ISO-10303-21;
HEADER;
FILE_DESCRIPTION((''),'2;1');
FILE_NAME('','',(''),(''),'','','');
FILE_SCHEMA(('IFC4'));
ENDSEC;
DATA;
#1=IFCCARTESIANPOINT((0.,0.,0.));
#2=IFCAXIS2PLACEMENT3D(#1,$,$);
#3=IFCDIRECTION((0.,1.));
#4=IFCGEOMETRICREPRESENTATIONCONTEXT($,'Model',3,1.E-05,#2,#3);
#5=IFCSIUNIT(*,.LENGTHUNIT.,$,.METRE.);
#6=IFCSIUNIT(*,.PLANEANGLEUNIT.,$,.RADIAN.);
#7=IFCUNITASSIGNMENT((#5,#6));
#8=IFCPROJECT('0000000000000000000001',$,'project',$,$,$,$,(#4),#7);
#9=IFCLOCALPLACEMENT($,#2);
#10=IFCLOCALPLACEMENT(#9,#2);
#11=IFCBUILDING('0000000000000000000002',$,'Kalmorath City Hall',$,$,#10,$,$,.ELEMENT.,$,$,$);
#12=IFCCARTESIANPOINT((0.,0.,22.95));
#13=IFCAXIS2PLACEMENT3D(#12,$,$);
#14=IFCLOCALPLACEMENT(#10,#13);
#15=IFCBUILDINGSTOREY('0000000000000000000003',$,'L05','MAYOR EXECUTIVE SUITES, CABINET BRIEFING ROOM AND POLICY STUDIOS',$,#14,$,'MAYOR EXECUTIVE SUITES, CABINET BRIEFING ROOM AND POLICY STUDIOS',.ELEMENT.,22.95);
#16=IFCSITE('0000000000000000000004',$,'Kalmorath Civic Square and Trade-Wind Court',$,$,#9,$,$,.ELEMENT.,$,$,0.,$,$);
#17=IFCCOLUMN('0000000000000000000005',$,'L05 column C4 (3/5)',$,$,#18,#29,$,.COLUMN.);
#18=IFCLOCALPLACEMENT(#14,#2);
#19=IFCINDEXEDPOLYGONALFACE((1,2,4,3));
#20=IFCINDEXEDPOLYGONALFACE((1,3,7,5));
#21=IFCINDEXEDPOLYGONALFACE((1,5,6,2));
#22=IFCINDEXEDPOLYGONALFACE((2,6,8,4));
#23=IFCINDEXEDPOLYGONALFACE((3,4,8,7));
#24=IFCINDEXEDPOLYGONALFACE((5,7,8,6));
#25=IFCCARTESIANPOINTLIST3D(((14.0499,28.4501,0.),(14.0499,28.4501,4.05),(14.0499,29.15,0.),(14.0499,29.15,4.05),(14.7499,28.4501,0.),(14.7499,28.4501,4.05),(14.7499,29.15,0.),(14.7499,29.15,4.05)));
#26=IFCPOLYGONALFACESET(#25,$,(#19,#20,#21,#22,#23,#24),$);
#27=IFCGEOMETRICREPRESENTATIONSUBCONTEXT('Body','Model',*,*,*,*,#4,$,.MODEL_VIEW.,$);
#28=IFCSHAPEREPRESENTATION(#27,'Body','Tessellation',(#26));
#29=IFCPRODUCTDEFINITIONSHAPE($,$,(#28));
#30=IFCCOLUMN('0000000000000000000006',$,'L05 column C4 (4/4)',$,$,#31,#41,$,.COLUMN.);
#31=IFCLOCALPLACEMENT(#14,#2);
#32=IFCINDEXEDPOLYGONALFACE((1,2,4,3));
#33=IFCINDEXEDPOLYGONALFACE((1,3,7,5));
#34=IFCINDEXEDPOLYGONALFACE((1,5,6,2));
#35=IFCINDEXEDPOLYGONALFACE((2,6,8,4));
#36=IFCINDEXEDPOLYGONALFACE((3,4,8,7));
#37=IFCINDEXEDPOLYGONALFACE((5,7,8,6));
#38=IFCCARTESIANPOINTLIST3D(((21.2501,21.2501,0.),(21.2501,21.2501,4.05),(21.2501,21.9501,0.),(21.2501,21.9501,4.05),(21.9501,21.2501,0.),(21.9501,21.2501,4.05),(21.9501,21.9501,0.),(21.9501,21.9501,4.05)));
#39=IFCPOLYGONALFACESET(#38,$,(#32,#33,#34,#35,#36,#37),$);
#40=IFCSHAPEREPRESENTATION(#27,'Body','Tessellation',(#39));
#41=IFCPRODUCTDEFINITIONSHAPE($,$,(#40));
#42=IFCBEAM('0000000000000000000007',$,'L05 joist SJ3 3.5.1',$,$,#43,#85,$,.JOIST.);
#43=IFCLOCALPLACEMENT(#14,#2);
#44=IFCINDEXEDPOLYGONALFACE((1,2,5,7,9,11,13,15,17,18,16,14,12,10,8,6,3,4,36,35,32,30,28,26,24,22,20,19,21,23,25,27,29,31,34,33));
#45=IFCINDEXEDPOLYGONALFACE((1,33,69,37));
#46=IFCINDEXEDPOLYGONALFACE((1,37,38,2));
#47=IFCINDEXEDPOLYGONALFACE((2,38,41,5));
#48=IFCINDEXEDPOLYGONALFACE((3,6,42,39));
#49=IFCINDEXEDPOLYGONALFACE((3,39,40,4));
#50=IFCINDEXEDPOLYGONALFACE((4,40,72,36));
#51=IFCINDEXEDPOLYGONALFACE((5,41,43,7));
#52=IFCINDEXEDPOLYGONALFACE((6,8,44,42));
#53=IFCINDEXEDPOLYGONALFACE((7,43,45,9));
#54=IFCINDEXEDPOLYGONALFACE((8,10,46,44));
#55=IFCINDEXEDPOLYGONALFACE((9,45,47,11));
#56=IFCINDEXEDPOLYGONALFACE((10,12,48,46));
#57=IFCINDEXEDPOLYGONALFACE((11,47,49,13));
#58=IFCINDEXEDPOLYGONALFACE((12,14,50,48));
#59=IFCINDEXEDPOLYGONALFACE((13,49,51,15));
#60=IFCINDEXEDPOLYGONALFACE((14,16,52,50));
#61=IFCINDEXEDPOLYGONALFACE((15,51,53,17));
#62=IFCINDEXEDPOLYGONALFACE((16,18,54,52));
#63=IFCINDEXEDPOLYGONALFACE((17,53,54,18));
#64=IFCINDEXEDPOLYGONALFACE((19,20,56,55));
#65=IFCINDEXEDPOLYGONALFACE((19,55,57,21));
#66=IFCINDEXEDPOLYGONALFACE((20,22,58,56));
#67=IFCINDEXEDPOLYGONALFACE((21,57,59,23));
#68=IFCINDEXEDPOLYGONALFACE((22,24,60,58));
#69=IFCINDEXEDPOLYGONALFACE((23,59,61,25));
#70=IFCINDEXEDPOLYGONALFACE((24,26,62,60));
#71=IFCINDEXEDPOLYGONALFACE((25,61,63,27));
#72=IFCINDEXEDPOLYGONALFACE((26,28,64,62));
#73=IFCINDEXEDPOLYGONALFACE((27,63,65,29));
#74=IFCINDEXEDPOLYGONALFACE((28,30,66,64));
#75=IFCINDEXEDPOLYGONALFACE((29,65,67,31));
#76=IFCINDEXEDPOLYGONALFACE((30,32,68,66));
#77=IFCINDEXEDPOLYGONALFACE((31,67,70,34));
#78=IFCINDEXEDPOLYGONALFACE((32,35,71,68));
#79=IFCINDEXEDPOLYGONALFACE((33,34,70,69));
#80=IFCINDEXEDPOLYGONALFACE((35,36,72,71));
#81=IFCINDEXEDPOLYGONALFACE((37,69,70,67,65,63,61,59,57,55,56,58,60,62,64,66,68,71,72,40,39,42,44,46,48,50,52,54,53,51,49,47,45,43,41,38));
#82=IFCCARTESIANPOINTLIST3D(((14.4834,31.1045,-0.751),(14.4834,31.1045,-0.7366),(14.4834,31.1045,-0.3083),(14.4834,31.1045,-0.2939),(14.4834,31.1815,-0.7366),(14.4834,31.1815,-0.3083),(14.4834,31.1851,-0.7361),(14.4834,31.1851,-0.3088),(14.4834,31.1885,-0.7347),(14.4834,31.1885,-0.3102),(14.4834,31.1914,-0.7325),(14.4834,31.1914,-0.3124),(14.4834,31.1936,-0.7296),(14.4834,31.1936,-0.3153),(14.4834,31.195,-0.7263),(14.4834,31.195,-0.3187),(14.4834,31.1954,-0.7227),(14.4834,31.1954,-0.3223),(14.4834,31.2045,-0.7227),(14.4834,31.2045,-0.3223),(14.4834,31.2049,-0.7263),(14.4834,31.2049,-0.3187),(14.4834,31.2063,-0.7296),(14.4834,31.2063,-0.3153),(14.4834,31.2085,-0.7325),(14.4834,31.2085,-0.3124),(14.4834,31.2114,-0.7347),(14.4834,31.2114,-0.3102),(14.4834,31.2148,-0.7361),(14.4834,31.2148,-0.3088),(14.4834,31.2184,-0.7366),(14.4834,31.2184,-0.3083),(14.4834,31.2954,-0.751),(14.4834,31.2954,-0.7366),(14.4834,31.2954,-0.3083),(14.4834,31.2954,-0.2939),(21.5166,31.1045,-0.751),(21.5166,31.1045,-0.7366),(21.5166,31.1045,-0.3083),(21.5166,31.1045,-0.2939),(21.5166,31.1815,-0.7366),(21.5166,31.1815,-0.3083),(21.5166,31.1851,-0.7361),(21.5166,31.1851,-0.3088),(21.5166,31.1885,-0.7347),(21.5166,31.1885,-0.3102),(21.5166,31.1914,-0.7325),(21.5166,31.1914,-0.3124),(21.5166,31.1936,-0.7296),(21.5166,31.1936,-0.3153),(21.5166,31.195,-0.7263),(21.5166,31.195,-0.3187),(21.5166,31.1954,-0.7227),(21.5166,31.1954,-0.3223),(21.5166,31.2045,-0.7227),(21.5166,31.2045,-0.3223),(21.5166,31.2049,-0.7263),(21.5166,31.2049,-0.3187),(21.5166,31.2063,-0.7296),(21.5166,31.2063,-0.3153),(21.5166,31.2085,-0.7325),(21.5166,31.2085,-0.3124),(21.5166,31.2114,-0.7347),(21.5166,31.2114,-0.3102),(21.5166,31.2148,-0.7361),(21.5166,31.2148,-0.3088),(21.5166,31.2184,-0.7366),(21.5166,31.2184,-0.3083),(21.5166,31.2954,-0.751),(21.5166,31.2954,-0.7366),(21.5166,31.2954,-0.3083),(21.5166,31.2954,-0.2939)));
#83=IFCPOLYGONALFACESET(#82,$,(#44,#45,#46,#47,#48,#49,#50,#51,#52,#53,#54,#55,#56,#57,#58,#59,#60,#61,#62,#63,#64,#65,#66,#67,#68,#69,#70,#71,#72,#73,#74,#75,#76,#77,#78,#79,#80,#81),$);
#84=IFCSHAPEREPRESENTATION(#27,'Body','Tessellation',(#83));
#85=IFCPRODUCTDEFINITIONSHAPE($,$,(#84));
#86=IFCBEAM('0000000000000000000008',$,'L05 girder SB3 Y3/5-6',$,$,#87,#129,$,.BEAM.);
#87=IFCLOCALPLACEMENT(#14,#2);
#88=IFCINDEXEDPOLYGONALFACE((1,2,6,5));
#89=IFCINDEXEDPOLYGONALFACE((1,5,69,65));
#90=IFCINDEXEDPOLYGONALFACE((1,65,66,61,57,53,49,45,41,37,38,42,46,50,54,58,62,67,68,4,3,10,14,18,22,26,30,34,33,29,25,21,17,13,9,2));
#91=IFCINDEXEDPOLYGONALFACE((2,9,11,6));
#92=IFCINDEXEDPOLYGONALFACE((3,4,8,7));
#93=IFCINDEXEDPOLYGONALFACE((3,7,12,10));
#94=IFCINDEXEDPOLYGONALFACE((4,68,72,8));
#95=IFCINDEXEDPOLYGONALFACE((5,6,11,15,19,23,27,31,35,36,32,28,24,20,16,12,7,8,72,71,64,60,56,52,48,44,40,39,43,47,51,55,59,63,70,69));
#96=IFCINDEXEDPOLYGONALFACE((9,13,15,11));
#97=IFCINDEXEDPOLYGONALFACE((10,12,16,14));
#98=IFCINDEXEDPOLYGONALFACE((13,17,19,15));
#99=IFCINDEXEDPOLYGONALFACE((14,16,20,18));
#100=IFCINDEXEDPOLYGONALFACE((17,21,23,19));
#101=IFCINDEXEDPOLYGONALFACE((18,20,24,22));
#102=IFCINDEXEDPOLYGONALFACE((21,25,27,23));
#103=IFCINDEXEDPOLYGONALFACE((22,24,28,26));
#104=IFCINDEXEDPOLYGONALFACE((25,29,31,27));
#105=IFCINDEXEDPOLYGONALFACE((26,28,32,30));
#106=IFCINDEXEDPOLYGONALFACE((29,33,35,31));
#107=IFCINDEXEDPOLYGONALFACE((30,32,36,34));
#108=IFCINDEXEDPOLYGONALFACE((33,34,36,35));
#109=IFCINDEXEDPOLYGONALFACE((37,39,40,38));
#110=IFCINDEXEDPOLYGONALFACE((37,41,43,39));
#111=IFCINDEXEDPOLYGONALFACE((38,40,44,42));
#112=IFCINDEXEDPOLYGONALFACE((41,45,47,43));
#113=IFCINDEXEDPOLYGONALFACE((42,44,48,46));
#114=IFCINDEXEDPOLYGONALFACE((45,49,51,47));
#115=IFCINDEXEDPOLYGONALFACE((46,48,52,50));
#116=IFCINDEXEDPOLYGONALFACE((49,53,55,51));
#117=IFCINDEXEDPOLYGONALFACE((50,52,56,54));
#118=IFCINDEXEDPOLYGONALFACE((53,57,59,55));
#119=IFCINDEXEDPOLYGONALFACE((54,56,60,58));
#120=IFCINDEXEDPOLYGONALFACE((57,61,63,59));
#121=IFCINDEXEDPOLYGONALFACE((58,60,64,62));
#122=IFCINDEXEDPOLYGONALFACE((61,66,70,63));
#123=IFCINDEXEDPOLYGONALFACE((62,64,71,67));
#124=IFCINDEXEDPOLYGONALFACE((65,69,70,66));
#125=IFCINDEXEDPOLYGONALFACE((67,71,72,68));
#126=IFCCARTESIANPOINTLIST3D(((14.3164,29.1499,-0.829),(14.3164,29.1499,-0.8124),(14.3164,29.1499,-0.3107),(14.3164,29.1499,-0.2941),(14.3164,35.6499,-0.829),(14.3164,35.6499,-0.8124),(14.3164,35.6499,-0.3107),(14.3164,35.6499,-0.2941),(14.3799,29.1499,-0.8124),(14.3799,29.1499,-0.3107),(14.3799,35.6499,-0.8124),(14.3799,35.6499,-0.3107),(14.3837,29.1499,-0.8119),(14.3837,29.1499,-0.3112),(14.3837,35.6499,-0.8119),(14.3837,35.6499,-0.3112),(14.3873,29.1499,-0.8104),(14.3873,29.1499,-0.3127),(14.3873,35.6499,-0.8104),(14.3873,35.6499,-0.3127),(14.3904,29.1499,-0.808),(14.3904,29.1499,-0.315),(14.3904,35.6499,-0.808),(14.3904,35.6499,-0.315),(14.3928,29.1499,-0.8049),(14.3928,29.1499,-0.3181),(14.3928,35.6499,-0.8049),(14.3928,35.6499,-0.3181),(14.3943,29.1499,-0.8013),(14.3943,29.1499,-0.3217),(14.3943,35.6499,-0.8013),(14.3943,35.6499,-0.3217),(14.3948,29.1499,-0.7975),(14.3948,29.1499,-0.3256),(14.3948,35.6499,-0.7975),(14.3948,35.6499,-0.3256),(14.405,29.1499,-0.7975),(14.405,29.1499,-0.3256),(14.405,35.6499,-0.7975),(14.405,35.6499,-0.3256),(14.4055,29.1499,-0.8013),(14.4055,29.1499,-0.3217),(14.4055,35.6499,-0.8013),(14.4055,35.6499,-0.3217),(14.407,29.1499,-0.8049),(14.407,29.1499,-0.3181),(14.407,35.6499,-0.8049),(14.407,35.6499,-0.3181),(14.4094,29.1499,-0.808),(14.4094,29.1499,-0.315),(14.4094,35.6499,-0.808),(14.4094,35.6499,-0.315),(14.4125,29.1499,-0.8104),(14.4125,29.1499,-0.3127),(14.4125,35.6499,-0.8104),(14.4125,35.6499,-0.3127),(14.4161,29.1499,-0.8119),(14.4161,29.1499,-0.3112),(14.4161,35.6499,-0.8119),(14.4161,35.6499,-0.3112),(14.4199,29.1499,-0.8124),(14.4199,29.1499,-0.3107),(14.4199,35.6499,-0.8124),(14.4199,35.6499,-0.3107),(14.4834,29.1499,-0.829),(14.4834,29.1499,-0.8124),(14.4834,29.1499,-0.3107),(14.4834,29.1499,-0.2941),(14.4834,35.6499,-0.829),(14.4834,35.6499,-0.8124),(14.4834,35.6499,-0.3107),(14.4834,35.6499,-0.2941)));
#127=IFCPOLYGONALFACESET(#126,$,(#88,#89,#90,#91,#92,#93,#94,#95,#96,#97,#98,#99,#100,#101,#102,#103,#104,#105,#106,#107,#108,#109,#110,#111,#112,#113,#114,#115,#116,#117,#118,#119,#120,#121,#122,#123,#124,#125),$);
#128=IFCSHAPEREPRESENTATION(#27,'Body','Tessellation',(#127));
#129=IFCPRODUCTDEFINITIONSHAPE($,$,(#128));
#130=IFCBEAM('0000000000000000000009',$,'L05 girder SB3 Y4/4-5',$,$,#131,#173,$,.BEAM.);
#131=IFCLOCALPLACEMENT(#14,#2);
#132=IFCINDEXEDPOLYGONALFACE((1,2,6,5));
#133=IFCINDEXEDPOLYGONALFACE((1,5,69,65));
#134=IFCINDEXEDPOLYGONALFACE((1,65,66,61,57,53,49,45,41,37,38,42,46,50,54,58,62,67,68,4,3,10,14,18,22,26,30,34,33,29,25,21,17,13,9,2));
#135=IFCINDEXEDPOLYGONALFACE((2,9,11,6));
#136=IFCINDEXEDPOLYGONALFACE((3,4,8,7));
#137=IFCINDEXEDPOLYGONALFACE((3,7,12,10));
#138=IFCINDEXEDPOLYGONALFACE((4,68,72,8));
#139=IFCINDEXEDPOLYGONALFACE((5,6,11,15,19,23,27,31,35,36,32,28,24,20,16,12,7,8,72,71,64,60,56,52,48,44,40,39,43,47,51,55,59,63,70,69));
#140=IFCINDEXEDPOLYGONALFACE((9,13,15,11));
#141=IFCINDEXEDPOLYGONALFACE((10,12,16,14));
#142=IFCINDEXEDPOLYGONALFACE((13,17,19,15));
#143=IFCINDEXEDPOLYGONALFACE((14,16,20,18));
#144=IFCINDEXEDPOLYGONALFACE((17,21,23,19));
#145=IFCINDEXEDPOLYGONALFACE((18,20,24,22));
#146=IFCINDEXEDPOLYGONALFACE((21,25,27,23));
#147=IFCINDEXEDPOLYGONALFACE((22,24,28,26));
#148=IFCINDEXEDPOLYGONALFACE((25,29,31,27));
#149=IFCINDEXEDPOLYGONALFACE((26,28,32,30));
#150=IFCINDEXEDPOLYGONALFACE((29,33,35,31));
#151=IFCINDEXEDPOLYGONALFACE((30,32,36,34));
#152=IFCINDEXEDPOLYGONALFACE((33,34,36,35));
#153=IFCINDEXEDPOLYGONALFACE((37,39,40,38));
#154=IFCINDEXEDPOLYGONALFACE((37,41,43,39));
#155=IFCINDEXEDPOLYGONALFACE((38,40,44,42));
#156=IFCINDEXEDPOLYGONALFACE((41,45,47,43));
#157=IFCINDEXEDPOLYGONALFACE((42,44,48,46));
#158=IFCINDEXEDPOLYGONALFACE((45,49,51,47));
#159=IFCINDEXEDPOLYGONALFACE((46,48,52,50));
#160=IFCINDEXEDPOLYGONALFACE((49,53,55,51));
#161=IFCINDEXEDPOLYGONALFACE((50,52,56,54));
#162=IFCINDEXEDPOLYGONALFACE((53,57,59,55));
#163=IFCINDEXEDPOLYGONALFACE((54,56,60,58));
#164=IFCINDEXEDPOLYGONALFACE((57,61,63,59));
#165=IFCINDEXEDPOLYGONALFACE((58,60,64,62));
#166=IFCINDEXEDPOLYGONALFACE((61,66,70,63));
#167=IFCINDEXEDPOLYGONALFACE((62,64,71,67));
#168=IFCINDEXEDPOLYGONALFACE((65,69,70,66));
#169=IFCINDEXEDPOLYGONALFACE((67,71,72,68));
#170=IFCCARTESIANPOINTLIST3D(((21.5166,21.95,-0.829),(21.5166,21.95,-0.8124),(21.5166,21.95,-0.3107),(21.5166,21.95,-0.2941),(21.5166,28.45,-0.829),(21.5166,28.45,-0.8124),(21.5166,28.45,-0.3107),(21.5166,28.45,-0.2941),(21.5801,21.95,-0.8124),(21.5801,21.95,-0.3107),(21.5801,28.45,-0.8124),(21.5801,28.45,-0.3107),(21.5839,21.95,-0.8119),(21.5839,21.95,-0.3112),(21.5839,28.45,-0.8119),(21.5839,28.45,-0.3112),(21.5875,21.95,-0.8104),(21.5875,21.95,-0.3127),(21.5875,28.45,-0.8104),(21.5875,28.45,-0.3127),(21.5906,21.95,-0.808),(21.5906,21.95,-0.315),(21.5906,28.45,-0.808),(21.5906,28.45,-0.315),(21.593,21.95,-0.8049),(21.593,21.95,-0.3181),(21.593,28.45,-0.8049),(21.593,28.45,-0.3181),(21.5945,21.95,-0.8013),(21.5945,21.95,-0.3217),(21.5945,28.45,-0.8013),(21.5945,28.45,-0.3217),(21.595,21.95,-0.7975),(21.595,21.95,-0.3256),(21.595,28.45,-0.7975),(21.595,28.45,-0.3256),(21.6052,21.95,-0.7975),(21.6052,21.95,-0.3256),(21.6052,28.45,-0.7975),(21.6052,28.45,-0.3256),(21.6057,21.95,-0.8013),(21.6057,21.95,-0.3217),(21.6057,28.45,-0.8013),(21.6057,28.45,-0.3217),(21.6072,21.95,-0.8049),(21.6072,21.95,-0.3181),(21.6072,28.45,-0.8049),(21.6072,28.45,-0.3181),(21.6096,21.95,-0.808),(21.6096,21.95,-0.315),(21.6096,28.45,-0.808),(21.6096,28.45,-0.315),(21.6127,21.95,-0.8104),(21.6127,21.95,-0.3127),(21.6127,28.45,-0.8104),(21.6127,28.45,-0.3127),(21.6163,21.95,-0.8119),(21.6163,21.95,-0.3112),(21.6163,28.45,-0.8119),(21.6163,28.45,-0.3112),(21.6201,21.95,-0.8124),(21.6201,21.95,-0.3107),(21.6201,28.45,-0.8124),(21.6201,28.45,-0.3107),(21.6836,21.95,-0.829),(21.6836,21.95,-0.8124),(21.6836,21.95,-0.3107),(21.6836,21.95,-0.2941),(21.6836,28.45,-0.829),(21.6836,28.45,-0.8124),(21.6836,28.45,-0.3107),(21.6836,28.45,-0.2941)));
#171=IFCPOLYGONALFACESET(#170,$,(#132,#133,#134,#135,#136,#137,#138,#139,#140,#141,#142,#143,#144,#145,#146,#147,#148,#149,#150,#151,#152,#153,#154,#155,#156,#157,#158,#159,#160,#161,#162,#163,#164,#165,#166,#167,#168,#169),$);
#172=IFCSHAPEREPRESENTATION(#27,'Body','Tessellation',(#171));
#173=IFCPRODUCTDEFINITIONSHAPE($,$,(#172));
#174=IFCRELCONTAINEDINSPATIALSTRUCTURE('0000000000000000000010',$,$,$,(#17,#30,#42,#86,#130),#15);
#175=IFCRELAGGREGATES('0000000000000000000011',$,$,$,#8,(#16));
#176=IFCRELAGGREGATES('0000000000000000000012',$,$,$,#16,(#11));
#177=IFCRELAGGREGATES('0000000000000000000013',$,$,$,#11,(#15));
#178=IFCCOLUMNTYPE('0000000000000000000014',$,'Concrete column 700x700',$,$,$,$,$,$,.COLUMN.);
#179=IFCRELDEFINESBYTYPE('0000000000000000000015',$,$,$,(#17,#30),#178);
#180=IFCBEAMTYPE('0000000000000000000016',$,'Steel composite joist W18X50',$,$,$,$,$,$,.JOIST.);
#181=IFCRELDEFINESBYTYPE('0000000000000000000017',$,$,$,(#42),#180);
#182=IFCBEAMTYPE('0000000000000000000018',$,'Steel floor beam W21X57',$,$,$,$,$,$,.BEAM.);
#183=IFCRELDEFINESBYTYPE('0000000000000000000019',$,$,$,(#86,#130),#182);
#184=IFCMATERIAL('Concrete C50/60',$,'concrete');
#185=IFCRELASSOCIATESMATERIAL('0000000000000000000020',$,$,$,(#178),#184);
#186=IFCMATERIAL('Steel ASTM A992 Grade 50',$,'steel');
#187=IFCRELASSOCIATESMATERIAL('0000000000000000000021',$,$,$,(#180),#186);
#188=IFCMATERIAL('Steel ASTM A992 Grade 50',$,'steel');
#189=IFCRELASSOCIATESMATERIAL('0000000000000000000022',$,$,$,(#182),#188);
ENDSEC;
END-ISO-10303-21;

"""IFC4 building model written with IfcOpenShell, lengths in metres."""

from ifc_helpers import new_model, si_unit, direction, frame, origin, origin_2d, place, context, subcontext, project, spatial, rectangle, i_section, extrude, material, material_profile, profile_set, type_object, element, save


model = new_model("IFC4")

# Units and contexts
model_context = context("Model", 3, precision=1e-05, world=origin(), true_north=direction((0.0, 1.0)))
body_context = subcontext(model_context, "Body", "Model", "MODEL_VIEW")
ifc_project = project(units=[si_unit("LENGTHUNIT", "METRE"), si_unit("PLANEANGLEUNIT", "RADIAN")], contexts=[model_context])

# Site, building, storey
site_placement = place(None, origin())
site = spatial("IfcSite", under=ifc_project, at=site_placement, Name="Kalmorath Civic Square and Trade-Wind Court", CompositionType="ELEMENT", RefElevation=0.0)
building_placement = place(site_placement, origin())
building = spatial("IfcBuilding", under=site, at=building_placement, Name="Kalmorath City Hall", CompositionType="ELEMENT")
storey_placement = place(building_placement, frame((0.0, 0.0, 22.95)))
storey = spatial("IfcBuildingStorey", under=building, at=storey_placement, Name="L05", Description="MAYOR EXECUTIVE SUITES, CABINET BRIEFING ROOM AND POLICY STUDIOS", LongName="MAYOR EXECUTIVE SUITES, CABINET BRIEFING ROOM AND POLICY STUDIOS", CompositionType="ELEMENT", Elevation=22.95)

# Columns
ifc_material_1 = material(Name="Concrete C50/60", Category="concrete")
ifc_material_profile_1 = material_profile(ifc_material_1, rectangle(XDim=0.7, YDim=0.7, at=origin_2d()), Name="RC-COL-700X700")
ifc_profile_set_1 = profile_set([ifc_material_profile_1], Name="Concrete C50/60")
column_type = type_object("IfcColumnType", Name="Concrete column 700x700", PredefinedType="COLUMN", material=ifc_profile_set_1)
for number, where, z_axis, x_axis, name in (
    (1, (14.3999, 28.8, 0.0), (0.0, 0.0, 1.0), (1.0, 0.0, 0.0), "L05 column C4 (3/5)"),
    (2, (21.6001, 21.6001, 0.0), (0.0, 0.0, 1.0), (1.0, 0.0, 0.0), "L05 column C4 (4/4)"),
):
    element("IfcColumn", number, at=place(storey_placement, frame(where, z_axis=z_axis, x_axis=x_axis)), inside=storey, type_object=column_type, Name=name, PredefinedType="COLUMN", context=body_context, shape_type="SweptSolid", body=[
        extrude(rectangle(XDim=0.7, YDim=0.7, at=origin_2d()), origin(), (0.0, 0.0, 1.0), 4.05),
    ])

# Beams
ifc_material_2 = material(Name="Steel ASTM A992 Grade 50", Category="steel")
ifc_material_profile_2 = material_profile(ifc_material_2, i_section(OverallWidth=0.1909, OverallDepth=0.457, WebThickness=0.009, FlangeThickness=0.0144, FilletRadius=0.0139, at=origin_2d()), Name="W18X50")
ifc_profile_set_2 = profile_set([ifc_material_profile_2], Name="Steel ASTM A992 Grade 50")
beam_type_1 = type_object("IfcBeamType", Name="Steel composite joist W18X50", PredefinedType="JOIST", material=ifc_profile_set_2)
beam_placement = place(storey_placement, frame((14.4834, 31.2, -0.5225), z_axis=(1.0, 0.0, 0.0), x_axis=(0.0, 1.0, 0.0)))
element("IfcBeam", 3, at=beam_placement, inside=storey, type_object=beam_type_1, Name="L05 joist SJ3 3.5.1", PredefinedType="JOIST", context=body_context, shape_type="SweptSolid", body=[
    extrude(i_section(OverallWidth=0.1909, OverallDepth=0.457, WebThickness=0.009, FlangeThickness=0.0144, FilletRadius=0.0139, at=origin_2d()), origin(), (0.0, 0.0, 1.0), 7.0332),
])
ifc_material_3 = material(Name="Steel ASTM A992 Grade 50", Category="steel")
ifc_material_profile_3 = material_profile(ifc_material_3, i_section(OverallWidth=0.167, OverallDepth=0.5349, WebThickness=0.0103, FlangeThickness=0.0166, FilletRadius=0.0149, at=origin_2d()), Name="W21X57")
ifc_profile_set_3 = profile_set([ifc_material_profile_3], Name="Steel ASTM A992 Grade 50")
beam_type_2 = type_object("IfcBeamType", Name="Steel floor beam W21X57", PredefinedType="BEAM", material=ifc_profile_set_3)
for number, where, z_axis, x_axis, name in (
    (4, (14.3999, 29.1499, -0.5615), (0.0, 1.0, 0.0), (-1.0, 0.0, 0.0), "L05 girder SB3 Y3/5-6"),
    (5, (21.6001, 21.95, -0.5615), (0.0, 1.0, 0.0), (-1.0, 0.0, 0.0), "L05 girder SB3 Y4/4-5"),
):
    element("IfcBeam", number, at=place(storey_placement, frame(where, z_axis=z_axis, x_axis=x_axis)), inside=storey, type_object=beam_type_2, Name=name, PredefinedType="BEAM", context=body_context, shape_type="SweptSolid", body=[
        extrude(i_section(OverallWidth=0.167, OverallDepth=0.5349, WebThickness=0.0103, FlangeThickness=0.0166, FilletRadius=0.0149, at=origin_2d()), origin(), (0.0, 0.0, 1.0), 6.5),
    ])

save(model, "model.ifc")
